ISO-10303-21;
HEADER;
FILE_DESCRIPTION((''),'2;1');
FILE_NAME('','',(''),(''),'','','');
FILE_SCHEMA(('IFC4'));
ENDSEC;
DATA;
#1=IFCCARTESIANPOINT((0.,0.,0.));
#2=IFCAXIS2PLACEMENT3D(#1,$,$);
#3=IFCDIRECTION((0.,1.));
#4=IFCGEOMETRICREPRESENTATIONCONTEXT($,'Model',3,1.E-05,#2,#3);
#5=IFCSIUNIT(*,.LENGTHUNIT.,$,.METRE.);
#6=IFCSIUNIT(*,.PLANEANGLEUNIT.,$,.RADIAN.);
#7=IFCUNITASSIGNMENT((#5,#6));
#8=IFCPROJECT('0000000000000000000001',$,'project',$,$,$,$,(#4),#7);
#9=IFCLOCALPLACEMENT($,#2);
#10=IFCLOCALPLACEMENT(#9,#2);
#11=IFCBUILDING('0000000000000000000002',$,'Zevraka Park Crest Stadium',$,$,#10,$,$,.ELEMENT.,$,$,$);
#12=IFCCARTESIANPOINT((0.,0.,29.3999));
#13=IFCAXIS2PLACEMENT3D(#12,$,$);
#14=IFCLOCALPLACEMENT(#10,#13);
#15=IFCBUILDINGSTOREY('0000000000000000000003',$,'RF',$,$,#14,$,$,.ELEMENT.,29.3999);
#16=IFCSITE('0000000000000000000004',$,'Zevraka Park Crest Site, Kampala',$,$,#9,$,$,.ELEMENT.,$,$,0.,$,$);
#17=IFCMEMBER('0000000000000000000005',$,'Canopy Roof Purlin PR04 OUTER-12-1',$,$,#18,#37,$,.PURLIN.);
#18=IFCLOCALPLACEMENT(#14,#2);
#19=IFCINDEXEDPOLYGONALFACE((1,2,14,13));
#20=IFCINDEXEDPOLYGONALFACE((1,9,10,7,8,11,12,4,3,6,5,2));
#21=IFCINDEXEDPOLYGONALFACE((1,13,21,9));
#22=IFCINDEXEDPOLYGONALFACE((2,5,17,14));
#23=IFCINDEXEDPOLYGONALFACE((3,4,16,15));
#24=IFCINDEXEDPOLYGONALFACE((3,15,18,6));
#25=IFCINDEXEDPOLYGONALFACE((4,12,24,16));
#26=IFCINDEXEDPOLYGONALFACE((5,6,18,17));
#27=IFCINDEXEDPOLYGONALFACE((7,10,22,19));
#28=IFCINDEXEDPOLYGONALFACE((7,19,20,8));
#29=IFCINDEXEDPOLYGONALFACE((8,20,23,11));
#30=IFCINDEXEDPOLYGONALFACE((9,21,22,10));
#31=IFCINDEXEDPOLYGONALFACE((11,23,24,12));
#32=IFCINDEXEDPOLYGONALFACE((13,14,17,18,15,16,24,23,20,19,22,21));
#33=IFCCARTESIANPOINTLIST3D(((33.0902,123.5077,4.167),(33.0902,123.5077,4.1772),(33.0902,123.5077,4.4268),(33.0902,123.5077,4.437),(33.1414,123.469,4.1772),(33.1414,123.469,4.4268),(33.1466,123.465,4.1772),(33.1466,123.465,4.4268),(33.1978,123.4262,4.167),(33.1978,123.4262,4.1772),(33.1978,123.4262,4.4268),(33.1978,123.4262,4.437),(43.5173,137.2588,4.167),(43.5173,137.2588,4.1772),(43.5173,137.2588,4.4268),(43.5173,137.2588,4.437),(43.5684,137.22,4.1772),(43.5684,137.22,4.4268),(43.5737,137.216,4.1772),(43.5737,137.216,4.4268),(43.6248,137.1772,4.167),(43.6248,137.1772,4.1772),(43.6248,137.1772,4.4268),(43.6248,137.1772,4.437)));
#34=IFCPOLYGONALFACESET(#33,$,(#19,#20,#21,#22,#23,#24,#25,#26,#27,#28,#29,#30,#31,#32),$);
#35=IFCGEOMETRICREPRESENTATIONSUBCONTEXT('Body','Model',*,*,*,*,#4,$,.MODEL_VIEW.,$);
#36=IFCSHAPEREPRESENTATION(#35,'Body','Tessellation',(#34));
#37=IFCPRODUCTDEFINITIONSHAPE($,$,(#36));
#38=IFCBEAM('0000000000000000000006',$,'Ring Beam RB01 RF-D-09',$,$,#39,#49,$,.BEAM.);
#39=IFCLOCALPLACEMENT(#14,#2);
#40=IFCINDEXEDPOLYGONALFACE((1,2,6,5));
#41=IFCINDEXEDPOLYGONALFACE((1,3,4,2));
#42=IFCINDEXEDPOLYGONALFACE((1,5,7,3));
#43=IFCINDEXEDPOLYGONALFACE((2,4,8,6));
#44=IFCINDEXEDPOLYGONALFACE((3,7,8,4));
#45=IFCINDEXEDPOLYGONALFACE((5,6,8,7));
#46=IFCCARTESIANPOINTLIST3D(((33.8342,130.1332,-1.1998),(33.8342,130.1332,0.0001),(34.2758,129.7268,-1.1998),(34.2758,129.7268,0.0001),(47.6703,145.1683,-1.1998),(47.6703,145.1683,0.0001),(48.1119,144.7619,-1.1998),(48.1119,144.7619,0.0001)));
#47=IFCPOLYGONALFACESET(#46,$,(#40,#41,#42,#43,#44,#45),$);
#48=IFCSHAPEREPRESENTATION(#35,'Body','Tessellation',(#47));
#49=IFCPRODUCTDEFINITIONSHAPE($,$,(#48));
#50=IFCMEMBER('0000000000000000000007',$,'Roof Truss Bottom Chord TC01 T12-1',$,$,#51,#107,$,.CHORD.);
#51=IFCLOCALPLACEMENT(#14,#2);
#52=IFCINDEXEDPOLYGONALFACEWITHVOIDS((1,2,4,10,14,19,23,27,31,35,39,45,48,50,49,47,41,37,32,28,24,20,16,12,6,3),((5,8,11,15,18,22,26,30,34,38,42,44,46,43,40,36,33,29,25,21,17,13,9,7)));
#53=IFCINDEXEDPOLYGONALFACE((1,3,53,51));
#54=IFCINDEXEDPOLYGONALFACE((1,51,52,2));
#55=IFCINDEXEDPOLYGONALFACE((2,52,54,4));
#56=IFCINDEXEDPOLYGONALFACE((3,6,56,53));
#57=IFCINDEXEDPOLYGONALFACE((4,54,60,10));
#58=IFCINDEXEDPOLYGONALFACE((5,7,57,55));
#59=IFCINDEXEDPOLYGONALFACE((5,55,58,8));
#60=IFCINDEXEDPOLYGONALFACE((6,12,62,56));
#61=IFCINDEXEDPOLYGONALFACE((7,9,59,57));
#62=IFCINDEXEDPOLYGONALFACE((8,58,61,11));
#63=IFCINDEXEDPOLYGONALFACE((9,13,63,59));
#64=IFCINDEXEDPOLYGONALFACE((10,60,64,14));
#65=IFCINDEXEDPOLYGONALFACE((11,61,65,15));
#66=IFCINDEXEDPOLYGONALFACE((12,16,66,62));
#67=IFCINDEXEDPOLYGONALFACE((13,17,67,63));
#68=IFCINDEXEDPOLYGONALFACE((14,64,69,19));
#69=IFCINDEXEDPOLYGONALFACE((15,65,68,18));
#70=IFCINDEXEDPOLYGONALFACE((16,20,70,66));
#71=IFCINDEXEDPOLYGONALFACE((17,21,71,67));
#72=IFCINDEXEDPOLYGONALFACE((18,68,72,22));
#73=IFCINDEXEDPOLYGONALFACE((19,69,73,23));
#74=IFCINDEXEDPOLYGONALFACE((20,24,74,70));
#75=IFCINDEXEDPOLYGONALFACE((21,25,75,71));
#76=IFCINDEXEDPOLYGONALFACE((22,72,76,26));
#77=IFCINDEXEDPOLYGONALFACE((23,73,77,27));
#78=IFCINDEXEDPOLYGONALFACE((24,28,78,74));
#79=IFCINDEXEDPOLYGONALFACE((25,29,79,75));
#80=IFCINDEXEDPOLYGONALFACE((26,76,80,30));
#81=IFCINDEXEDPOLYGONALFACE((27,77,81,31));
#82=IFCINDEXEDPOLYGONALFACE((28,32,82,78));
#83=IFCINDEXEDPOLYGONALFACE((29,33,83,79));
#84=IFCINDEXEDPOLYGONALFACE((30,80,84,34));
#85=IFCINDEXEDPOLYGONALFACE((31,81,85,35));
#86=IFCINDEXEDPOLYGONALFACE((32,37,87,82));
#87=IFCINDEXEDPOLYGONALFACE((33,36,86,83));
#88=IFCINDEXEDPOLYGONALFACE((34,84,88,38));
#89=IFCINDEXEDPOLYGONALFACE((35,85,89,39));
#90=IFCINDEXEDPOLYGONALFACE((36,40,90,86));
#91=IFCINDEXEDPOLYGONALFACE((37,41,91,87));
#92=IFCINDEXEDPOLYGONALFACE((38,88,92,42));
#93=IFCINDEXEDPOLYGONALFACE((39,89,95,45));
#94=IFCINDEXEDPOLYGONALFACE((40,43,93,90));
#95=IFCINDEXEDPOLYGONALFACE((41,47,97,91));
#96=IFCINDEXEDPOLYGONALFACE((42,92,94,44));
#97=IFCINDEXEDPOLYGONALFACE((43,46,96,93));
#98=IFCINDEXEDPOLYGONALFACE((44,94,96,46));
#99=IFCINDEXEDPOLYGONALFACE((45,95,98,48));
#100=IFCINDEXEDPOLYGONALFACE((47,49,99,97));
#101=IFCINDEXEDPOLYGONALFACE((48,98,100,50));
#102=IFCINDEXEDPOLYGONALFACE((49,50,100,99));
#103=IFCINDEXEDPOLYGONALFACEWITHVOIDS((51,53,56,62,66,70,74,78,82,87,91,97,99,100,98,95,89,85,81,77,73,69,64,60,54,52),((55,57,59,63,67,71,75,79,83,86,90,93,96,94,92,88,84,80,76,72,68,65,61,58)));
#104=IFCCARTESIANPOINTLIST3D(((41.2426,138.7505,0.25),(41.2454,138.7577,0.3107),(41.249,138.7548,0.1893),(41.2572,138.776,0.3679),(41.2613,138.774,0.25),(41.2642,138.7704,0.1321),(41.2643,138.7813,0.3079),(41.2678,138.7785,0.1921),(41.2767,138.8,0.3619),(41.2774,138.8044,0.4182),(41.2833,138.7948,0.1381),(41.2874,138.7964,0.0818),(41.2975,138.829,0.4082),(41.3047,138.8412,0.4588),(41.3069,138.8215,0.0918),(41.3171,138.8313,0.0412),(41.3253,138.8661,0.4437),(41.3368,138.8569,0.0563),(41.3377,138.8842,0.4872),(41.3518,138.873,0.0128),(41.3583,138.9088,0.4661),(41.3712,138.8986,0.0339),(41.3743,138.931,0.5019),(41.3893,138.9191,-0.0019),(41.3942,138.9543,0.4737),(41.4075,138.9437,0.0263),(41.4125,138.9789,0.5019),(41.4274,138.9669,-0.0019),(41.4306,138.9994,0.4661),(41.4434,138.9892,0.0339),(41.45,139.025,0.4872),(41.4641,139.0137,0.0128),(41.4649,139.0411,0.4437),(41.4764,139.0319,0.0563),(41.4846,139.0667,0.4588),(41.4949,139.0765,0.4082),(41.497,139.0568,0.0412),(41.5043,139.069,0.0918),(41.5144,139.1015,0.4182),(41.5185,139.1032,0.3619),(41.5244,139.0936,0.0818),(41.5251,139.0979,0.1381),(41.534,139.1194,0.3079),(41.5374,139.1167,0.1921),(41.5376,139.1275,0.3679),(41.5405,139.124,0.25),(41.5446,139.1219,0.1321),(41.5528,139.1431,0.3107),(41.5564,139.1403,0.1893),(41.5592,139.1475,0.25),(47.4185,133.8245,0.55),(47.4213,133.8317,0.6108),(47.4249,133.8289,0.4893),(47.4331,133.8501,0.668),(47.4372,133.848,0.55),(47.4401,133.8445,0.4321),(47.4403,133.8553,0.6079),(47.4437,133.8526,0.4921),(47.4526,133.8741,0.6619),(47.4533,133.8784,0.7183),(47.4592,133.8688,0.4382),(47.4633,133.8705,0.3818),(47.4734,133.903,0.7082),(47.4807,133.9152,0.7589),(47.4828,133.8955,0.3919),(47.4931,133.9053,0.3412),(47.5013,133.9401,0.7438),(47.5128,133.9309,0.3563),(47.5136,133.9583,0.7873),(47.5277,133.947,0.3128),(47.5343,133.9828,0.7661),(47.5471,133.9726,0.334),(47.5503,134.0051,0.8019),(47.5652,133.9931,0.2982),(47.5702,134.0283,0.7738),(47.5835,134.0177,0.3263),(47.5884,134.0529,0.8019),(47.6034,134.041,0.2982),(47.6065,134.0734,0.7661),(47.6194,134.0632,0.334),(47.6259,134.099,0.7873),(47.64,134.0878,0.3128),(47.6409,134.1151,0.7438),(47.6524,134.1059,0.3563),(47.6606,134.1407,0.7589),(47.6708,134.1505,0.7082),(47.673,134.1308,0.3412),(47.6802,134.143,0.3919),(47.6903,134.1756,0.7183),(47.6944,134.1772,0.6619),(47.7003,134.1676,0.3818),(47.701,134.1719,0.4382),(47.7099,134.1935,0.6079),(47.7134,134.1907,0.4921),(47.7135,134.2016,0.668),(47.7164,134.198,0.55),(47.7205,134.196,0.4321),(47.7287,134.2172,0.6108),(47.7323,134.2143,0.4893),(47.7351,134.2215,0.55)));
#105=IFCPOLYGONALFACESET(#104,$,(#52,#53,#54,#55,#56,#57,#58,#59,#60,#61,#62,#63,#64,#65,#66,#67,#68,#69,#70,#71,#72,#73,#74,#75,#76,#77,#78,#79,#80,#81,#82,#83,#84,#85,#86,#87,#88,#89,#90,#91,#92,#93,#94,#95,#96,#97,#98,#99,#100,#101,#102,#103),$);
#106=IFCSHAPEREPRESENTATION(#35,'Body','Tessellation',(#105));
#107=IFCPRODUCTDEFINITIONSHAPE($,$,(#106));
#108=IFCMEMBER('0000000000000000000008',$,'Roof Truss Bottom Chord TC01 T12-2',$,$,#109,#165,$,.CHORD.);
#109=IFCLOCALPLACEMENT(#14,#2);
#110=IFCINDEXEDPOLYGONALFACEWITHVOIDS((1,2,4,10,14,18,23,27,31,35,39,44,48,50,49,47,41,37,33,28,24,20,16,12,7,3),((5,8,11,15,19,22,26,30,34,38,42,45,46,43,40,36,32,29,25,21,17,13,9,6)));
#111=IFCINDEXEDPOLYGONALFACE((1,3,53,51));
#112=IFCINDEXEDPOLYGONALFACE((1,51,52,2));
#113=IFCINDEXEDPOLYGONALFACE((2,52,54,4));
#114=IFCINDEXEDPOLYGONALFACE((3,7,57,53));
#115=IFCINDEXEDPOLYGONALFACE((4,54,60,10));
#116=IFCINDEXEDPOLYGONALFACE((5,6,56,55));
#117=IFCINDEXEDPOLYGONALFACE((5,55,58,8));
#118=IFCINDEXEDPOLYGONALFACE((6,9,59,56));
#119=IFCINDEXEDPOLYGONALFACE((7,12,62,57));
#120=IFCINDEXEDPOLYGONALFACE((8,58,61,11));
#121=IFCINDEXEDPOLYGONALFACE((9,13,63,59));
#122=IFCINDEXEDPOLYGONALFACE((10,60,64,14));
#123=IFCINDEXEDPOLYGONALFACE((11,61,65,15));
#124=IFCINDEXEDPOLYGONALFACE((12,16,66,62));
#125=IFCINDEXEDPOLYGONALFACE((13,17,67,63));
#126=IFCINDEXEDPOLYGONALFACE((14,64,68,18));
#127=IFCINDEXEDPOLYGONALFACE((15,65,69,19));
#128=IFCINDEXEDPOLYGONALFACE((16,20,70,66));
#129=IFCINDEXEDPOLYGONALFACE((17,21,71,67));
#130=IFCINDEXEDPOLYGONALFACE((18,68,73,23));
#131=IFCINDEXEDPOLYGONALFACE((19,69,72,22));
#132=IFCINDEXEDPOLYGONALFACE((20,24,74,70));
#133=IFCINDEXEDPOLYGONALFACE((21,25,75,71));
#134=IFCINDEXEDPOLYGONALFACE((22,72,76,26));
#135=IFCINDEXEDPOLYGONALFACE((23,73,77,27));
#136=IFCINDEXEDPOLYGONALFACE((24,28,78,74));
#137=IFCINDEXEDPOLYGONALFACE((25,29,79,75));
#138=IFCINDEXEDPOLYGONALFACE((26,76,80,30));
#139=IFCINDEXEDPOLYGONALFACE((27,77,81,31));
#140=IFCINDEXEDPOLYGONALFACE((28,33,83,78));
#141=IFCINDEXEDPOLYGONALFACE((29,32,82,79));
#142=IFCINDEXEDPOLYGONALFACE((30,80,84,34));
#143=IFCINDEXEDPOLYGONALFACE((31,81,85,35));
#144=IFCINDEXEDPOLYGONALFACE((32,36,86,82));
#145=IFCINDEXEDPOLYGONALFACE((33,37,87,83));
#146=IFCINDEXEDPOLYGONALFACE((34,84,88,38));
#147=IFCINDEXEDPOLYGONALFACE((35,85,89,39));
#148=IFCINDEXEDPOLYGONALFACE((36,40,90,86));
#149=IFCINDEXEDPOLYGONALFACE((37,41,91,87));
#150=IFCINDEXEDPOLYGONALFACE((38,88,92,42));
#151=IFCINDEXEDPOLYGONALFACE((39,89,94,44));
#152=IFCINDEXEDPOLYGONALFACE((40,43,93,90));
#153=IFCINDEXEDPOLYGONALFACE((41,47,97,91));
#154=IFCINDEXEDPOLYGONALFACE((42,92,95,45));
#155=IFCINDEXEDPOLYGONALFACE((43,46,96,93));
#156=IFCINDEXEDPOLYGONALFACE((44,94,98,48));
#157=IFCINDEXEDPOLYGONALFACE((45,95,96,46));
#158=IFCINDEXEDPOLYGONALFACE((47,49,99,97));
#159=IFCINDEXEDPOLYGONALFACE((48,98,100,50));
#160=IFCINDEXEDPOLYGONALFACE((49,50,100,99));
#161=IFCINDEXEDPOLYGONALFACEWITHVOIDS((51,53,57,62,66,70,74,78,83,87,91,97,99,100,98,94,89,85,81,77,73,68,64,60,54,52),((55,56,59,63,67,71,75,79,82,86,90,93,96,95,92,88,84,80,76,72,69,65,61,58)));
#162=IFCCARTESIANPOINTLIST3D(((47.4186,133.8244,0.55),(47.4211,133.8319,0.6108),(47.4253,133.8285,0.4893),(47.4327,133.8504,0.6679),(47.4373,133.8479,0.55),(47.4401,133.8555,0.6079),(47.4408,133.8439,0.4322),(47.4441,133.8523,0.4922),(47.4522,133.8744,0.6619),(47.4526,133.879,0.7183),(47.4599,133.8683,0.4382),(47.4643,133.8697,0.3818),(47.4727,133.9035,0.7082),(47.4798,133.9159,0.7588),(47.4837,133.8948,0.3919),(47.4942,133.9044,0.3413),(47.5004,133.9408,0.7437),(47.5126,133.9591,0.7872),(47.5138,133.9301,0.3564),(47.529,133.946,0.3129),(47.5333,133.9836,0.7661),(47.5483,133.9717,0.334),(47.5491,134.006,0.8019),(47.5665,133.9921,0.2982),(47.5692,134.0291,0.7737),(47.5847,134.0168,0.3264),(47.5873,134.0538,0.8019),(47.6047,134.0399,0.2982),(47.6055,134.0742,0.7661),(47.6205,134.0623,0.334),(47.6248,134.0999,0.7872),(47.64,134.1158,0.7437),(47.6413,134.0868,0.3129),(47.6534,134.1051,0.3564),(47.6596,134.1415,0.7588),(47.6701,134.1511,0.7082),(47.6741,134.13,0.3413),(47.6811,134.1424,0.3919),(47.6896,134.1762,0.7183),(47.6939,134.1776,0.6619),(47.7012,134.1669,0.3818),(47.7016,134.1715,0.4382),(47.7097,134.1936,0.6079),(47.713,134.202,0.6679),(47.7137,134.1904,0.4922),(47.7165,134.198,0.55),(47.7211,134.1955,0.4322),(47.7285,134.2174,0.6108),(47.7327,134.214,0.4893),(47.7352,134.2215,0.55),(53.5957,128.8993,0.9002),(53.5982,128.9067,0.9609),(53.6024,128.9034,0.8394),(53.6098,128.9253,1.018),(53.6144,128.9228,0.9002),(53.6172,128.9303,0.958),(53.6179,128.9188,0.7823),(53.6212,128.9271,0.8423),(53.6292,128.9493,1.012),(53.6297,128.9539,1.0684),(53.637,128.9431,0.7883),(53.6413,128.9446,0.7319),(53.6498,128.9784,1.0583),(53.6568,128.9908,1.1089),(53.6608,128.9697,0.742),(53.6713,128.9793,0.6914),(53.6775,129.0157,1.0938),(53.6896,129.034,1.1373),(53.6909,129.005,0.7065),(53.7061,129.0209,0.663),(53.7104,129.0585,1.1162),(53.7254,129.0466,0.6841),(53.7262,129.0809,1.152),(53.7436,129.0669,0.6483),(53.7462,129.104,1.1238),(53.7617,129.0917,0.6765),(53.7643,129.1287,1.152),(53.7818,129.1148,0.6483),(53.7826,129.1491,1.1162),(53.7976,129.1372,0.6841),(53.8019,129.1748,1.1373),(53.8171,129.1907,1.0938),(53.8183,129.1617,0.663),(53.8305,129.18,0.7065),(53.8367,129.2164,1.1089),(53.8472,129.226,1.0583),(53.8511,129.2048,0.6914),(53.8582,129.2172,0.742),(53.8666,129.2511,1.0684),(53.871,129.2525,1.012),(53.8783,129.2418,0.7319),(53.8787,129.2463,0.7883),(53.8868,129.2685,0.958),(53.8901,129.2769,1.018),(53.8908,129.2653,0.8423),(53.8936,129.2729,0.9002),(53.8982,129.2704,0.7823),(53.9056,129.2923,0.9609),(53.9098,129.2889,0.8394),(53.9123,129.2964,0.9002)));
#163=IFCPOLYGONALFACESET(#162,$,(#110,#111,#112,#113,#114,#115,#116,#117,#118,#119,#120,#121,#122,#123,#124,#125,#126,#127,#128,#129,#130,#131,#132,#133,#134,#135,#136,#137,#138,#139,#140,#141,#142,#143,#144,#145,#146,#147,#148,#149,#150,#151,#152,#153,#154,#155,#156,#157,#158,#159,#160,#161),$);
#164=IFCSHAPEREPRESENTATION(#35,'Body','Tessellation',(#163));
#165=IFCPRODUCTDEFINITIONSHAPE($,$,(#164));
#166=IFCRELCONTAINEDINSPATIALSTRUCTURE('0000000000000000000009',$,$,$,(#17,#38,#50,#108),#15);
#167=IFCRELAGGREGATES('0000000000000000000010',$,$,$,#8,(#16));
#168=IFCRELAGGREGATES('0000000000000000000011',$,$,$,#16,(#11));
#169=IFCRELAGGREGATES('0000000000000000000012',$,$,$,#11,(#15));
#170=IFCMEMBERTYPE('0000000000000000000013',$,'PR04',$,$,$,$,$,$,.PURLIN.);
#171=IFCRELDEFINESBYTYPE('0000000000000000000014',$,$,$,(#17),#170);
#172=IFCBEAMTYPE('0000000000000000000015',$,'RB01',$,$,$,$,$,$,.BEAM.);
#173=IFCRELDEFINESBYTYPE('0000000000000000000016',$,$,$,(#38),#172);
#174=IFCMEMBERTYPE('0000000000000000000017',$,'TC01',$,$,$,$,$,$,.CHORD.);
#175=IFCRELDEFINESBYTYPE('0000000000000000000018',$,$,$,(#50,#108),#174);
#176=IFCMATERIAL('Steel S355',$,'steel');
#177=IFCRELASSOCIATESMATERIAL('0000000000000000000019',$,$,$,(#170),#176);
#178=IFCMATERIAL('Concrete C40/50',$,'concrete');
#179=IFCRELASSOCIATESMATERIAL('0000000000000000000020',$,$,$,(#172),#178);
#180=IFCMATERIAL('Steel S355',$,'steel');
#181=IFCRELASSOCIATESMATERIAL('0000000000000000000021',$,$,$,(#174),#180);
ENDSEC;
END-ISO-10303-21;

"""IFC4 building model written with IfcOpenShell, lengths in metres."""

from ifc_helpers import new_model, si_unit, direction, frame, origin, origin_2d, place, context, subcontext, project, spatial, rectangle, hollow_circle, i_section, extrude, material, material_profile, profile_set, type_object, element, save


model = new_model("IFC4")

# Units and contexts
model_context = context("Model", 3, precision=1e-05, world=origin(), true_north=direction((0.0, 1.0)))
body_context = subcontext(model_context, "Body", "Model", "MODEL_VIEW")
ifc_project = project(units=[si_unit("LENGTHUNIT", "METRE"), si_unit("PLANEANGLEUNIT", "RADIAN")], contexts=[model_context])

# Site, building, storey
site_placement = place(None, origin())
site = spatial("IfcSite", under=ifc_project, at=site_placement, Name="Zevraka Park Crest Site, Kampala", CompositionType="ELEMENT", RefElevation=0.0)
building_placement = place(site_placement, origin())
building = spatial("IfcBuilding", under=site, at=building_placement, Name="Zevraka Park Crest Stadium", CompositionType="ELEMENT")
storey_placement = place(building_placement, frame((0.0, 0.0, 29.3999)))
storey = spatial("IfcBuildingStorey", under=building, at=storey_placement, Name="RF", CompositionType="ELEMENT", Elevation=29.3999)

# Member
ifc_material_1 = material(Name="Steel S355", Category="steel")
ifc_material_profile_1 = material_profile(ifc_material_1, i_section(OverallWidth=0.135, OverallDepth=0.27, WebThickness=0.0066, FlangeThickness=0.0103, at=origin_2d()), Name="IPE 270")
ifc_profile_set_1 = profile_set([ifc_material_profile_1], Name="Steel S355")
member_type_1 = type_object("IfcMemberType", Name="PR04", PredefinedType="PURLIN", material=ifc_profile_set_1)
member_1_placement = place(storey_placement, frame((43.571, 137.218, 4.302), z_axis=(-0.604211, -0.796824, 0.0), x_axis=(0.796824, -0.604211, 0.0)))
element("IfcMember", 1, at=member_1_placement, inside=storey, type_object=member_type_1, Name="Canopy Roof Purlin PR04 OUTER-12-1", PredefinedType="PURLIN", context=body_context, shape_type="SweptSolid", body=[
    extrude(i_section(OverallWidth=0.135, OverallDepth=0.27, WebThickness=0.0066, FlangeThickness=0.0103, at=origin_2d()), origin(), (0.0, 0.0, 1.0), 17.2573),
])

# Beam
ifc_material_2 = material(Name="Concrete C40/50", Category="concrete")
ifc_material_profile_2 = material_profile(ifc_material_2, rectangle(XDim=0.6001, YDim=1.2, at=origin_2d()), Name="RC 1200x600")
ifc_profile_set_2 = profile_set([ifc_material_profile_2], Name="Concrete C40/50")
beam_type = type_object("IfcBeamType", Name="RB01", PredefinedType="BEAM", material=ifc_profile_set_2)
beam_placement = place(storey_placement, frame((47.8911, 144.9651, -0.5999), z_axis=(-0.677158, -0.735837, 0.0), x_axis=(0.735837, -0.677158, 0.0)))
element("IfcBeam", 2, at=beam_placement, inside=storey, type_object=beam_type, Name="Ring Beam RB01 RF-D-09", PredefinedType="BEAM", context=body_context, shape_type="SweptSolid", body=[
    extrude(rectangle(XDim=0.6001, YDim=1.2, at=origin_2d()), origin(), (0.0, 0.0, 1.0), 20.4326),
])

# Members
ifc_material_3 = material(Name="Steel S355", Category="steel")
ifc_material_profile_3 = material_profile(ifc_material_3, hollow_circle(Radius=0.2539, WallThickness=0.03, at=origin_2d()), Name="CHS 508.0x30")
ifc_profile_set_3 = profile_set([ifc_material_profile_3], Name="Steel S355")
member_type_2 = type_object("IfcMemberType", Name="TC01", PredefinedType="CHORD", material=ifc_profile_set_3)
member_2_placement = place(storey_placement, frame((41.4009, 138.949, 0.25), z_axis=(0.781218, -0.623103, 0.037954), x_axis=(0.623552, 0.781782, 0.0)))
element("IfcMember", 3, at=member_2_placement, inside=storey, type_object=member_type_2, Name="Roof Truss Bottom Chord TC01 T12-1", PredefinedType="CHORD", context=body_context, shape_type="SweptSolid", body=[
    extrude(hollow_circle(Radius=0.2539, WallThickness=0.03, at=origin_2d()), origin(), (0.0, 0.0, 1.0), 7.9055),
])
member_3_placement = place(storey_placement, frame((47.5769, 134.0229, 0.55), z_axis=(0.781123, -0.622805, 0.044272), x_axis=(0.623417, 0.78189, 0.0)))
element("IfcMember", 4, at=member_3_placement, inside=storey, type_object=member_type_2, Name="Roof Truss Bottom Chord TC01 T12-2", PredefinedType="CHORD", context=body_context, shape_type="SweptSolid", body=[
    extrude(hollow_circle(Radius=0.2539, WallThickness=0.03, at=origin_2d()), origin(), (0.0, 0.0, 1.0), 7.908),
])

save(model, "model.ifc")
